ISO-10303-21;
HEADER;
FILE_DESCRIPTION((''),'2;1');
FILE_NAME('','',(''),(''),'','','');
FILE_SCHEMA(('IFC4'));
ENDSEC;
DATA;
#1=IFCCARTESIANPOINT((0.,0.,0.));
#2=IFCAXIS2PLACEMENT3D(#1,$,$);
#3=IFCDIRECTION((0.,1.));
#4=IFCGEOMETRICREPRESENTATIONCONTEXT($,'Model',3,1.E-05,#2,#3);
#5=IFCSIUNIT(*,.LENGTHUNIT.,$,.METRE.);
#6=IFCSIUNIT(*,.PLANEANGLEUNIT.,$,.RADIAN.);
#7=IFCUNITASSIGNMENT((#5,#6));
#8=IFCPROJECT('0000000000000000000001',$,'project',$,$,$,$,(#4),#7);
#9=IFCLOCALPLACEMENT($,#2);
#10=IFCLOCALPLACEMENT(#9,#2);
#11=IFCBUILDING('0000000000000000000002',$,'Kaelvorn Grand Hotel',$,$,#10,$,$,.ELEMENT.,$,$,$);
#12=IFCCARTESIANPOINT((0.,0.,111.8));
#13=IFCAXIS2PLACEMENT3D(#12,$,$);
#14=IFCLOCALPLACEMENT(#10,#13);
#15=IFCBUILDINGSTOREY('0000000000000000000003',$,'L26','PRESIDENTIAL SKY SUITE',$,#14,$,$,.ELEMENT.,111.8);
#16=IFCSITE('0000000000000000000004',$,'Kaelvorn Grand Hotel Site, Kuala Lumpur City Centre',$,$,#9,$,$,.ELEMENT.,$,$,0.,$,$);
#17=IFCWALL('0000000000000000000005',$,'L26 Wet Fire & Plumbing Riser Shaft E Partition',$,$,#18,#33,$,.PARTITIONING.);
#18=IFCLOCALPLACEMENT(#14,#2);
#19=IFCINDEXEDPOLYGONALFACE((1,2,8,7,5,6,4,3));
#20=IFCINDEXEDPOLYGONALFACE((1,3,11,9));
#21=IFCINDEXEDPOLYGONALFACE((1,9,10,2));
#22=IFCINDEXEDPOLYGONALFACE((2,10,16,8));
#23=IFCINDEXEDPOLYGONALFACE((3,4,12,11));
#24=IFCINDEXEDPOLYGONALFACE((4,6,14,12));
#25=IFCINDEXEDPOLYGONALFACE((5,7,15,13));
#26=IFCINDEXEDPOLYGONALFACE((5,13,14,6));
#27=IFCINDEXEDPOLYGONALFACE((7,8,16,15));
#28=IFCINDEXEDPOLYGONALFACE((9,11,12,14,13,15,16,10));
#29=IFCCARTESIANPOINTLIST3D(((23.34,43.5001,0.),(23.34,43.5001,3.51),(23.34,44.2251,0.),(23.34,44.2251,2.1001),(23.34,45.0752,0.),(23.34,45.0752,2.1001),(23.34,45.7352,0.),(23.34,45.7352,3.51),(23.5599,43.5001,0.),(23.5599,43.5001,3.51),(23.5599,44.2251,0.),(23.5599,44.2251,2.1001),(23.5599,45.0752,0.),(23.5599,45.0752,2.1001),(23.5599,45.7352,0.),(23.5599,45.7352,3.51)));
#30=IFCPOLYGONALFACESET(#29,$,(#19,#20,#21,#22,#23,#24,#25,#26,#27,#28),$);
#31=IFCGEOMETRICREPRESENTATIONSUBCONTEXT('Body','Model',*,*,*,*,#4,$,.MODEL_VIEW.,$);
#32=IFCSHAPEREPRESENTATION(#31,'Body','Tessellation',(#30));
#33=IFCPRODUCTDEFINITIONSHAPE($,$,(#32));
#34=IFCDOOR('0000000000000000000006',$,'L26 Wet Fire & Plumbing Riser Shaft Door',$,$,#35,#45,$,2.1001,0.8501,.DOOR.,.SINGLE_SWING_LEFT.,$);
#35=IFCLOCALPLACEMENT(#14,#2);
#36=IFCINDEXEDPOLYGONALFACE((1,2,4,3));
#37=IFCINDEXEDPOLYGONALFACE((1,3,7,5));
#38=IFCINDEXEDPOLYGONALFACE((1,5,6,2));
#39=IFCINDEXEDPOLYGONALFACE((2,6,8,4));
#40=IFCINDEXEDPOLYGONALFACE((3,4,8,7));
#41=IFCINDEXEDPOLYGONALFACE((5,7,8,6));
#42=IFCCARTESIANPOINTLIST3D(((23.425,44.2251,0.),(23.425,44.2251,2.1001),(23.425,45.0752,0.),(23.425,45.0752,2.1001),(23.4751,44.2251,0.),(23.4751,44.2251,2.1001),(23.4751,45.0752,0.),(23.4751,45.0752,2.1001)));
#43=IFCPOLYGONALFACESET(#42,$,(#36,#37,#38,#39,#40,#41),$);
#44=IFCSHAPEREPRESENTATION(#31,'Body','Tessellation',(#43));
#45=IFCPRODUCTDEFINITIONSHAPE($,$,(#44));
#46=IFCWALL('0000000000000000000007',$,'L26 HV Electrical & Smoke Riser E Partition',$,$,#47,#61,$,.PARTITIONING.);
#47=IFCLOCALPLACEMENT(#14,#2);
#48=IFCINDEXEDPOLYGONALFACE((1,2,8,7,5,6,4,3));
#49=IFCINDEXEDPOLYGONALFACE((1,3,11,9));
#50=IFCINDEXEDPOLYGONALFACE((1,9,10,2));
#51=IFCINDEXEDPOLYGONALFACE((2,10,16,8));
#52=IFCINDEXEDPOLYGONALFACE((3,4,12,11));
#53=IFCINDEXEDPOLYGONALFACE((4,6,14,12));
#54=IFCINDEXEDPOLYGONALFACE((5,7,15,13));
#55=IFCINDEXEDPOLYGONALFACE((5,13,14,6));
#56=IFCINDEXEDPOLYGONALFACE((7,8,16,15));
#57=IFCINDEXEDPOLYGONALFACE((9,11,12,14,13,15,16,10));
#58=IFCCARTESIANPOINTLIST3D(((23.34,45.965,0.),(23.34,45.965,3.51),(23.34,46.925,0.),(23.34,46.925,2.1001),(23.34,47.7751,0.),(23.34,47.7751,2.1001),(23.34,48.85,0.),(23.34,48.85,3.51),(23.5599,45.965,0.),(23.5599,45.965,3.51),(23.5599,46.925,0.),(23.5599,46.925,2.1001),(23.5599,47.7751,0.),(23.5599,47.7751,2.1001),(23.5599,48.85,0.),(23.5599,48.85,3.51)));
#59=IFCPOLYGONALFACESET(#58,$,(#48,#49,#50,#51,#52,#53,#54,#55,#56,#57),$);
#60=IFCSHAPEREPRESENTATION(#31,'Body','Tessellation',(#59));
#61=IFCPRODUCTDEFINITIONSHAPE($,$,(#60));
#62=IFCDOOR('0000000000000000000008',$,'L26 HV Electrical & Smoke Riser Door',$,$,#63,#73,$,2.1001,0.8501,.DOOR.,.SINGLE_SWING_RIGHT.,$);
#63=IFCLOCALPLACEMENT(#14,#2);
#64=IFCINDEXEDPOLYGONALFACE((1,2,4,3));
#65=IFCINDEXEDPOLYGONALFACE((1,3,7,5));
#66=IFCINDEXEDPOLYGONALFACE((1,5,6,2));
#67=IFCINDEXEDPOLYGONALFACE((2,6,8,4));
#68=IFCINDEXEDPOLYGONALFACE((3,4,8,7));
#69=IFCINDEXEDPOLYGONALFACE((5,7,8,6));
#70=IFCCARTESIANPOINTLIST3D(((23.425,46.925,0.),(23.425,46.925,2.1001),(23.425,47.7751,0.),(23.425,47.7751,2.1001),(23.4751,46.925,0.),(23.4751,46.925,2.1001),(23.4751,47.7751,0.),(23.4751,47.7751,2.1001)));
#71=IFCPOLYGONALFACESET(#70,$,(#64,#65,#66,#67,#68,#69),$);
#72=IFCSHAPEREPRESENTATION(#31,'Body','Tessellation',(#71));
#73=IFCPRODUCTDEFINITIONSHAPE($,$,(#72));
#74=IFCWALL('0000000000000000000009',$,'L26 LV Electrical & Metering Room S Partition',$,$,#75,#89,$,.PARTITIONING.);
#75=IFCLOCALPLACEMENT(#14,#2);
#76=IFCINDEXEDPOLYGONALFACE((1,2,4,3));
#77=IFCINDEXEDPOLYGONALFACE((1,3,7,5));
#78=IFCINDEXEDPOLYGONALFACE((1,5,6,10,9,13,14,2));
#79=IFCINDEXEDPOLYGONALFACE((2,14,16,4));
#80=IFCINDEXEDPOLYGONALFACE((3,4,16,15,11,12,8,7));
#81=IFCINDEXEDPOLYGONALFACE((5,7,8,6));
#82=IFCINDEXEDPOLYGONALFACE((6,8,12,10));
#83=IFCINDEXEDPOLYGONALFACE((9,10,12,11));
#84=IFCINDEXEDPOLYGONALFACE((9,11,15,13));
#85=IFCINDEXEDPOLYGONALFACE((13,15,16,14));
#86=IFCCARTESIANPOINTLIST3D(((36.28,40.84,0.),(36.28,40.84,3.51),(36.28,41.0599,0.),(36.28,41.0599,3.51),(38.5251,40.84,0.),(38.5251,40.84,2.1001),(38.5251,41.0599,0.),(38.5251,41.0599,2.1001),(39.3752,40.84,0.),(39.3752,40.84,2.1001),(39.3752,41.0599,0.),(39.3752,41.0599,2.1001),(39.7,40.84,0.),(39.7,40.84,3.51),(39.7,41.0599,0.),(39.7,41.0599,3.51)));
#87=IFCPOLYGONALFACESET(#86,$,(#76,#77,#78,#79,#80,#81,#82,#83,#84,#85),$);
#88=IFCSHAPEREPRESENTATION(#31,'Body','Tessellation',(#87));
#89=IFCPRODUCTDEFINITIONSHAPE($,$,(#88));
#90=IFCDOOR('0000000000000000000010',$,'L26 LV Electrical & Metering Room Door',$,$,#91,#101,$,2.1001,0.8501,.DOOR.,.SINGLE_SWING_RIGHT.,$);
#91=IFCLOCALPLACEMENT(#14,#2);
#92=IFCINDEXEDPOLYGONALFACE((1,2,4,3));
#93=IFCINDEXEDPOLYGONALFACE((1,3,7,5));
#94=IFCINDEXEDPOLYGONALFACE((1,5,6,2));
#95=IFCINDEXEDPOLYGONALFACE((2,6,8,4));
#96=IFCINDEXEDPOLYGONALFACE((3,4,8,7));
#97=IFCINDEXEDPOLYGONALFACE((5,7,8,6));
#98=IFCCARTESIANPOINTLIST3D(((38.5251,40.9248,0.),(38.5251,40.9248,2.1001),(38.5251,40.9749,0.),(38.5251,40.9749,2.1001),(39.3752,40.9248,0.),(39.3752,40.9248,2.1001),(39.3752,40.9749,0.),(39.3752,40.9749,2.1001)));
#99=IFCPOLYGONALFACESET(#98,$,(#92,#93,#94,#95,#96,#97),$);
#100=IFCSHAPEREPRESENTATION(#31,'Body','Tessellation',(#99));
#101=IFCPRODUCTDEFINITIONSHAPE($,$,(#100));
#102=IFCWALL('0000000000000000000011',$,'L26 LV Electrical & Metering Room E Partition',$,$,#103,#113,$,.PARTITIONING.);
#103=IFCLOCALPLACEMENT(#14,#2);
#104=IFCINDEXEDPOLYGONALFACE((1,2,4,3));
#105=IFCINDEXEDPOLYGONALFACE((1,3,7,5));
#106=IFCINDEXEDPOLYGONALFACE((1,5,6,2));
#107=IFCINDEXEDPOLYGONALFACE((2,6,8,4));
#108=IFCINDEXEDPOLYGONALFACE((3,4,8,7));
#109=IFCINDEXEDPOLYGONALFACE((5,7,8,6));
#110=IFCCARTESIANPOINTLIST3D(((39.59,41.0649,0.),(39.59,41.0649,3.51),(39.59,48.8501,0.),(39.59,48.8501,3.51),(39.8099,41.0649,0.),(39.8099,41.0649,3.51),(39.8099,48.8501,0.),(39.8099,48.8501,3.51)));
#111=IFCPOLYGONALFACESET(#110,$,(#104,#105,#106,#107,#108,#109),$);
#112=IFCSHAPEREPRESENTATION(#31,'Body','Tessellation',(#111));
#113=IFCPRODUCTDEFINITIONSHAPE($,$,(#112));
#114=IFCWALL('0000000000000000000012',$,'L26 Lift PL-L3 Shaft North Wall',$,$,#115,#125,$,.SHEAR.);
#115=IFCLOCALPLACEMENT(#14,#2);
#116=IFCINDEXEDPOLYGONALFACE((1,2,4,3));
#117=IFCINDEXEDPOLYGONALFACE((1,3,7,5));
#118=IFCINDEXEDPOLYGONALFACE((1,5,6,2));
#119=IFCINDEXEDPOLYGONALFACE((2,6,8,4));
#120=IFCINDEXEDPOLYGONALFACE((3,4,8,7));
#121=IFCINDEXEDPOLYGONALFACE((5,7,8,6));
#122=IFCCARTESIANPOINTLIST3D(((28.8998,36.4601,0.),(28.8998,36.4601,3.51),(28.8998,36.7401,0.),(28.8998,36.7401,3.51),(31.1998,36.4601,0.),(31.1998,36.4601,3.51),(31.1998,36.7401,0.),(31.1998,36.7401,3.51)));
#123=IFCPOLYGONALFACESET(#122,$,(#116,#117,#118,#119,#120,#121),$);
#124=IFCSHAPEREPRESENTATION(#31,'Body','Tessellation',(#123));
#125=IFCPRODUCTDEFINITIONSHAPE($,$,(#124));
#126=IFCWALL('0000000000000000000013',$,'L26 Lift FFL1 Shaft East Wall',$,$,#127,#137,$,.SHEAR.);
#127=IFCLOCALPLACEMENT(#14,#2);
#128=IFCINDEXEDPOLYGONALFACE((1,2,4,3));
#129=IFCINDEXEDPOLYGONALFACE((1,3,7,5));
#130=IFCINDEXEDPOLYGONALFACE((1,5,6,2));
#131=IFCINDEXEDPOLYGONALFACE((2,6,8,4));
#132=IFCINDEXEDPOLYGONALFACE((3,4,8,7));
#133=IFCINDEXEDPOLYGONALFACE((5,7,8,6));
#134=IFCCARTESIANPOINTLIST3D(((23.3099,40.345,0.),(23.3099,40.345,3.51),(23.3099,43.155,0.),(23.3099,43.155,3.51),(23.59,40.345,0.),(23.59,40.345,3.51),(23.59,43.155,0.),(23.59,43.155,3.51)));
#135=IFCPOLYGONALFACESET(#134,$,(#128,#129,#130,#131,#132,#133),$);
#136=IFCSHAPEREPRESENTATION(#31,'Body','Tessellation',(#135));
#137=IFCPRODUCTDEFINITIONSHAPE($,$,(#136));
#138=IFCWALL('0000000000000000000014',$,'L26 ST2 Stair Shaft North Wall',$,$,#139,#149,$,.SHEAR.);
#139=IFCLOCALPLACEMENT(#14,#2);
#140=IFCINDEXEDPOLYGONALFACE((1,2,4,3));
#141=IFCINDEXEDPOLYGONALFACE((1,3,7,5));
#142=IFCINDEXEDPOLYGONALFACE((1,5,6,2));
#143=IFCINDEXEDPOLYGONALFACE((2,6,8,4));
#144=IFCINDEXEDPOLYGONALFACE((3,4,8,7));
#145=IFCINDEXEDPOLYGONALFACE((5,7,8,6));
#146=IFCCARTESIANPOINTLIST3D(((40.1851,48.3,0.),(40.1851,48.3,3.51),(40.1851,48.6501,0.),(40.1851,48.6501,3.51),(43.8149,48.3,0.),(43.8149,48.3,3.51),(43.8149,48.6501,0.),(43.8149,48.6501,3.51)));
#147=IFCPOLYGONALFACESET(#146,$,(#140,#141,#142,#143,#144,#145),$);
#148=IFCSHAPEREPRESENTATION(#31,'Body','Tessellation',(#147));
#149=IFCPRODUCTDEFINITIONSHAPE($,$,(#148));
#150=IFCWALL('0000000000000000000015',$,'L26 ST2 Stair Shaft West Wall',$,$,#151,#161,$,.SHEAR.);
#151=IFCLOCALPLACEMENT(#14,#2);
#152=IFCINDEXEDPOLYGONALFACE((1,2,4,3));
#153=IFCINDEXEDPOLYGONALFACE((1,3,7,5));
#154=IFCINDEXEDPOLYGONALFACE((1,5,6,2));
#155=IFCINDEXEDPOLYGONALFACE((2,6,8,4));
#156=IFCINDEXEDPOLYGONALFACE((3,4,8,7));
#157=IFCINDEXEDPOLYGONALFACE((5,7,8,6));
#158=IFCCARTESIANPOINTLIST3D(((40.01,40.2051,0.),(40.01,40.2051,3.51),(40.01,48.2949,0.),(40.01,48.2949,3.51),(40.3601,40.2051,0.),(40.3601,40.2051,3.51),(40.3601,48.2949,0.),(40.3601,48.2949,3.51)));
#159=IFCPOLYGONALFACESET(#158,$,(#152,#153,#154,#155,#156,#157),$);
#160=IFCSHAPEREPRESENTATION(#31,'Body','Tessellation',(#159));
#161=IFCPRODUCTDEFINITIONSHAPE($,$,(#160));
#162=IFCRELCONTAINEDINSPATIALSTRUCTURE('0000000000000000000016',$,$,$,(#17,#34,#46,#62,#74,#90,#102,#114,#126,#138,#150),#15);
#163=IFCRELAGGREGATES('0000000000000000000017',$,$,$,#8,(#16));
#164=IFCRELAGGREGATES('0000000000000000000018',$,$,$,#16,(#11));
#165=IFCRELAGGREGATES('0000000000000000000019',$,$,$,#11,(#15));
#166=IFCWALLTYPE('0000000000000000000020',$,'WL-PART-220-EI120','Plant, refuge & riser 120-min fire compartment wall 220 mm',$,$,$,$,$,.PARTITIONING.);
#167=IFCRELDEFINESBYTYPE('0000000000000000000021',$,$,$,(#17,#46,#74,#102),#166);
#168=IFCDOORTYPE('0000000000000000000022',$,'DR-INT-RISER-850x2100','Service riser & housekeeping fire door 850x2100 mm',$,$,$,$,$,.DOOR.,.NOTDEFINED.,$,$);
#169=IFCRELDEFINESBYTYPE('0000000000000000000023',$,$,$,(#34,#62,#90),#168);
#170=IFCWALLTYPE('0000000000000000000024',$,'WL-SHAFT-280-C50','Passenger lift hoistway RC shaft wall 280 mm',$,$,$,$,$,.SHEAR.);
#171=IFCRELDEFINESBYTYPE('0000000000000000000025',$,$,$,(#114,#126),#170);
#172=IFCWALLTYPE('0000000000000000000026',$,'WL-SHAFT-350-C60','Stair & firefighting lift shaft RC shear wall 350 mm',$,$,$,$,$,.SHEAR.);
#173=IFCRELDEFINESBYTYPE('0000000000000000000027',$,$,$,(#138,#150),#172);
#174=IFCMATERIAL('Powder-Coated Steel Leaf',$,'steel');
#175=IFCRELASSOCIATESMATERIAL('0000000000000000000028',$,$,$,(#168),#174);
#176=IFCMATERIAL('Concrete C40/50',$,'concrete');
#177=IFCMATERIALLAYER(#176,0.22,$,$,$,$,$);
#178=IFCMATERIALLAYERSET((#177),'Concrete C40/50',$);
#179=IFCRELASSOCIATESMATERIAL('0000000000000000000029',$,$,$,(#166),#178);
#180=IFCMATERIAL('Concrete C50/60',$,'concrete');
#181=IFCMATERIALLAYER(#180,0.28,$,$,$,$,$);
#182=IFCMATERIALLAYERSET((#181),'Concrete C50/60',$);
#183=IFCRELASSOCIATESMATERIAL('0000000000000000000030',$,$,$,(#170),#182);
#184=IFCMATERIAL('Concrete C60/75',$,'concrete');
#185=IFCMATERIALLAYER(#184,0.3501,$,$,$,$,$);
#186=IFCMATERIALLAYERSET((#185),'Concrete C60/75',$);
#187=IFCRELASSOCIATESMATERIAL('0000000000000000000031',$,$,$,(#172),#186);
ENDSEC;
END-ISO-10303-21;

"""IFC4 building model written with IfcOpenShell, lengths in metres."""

from ifc_helpers import new_model, si_unit, direction, frame, frame_2d, origin, place, context, subcontext, project, spatial, rectangle, extrude, material, layer, layer_set, type_object, element, fill, save


model = new_model("IFC4")

# Units and contexts
model_context = context("Model", 3, precision=1e-05, world=origin(), true_north=direction((0.0, 1.0)))
body_context = subcontext(model_context, "Body", "Model", "MODEL_VIEW")
ifc_project = project(units=[si_unit("LENGTHUNIT", "METRE"), si_unit("PLANEANGLEUNIT", "RADIAN")], contexts=[model_context])

# Site, building, storey
site_placement = place(None, origin())
site = spatial("IfcSite", under=ifc_project, at=site_placement, Name="Kaelvorn Grand Hotel Site, Kuala Lumpur City Centre", CompositionType="ELEMENT", RefElevation=0.0)
building_placement = place(site_placement, origin())
building = spatial("IfcBuilding", under=site, at=building_placement, Name="Kaelvorn Grand Hotel", CompositionType="ELEMENT")
storey_placement = place(building_placement, frame((0.0, 0.0, 111.8)))
storey = spatial("IfcBuildingStorey", under=building, at=storey_placement, Name="L26", Description="PRESIDENTIAL SKY SUITE", CompositionType="ELEMENT", Elevation=111.8)

# Shared definitions
ifc_material_1 = material(Name="Concrete C60/75", Category="concrete")

# Shared definitions
ifc_material_2 = material(Name="Powder-Coated Steel Leaf", Category="steel")
door_type_1 = type_object("IfcDoorType", Name="DR-INT-RISER-850x2100", Description="Service riser & housekeeping fire door 850x2100 mm", OperationType="NOTDEFINED", PredefinedType="DOOR", material=ifc_material_2)

# Walls, openings, doors
ifc_material_3 = material(Name="Concrete C40/50", Category="concrete")
ifc_layer_1 = layer(ifc_material_3, 0.22)
ifc_layer_set_1 = layer_set([ifc_layer_1], Name="Concrete C40/50")
wall_type_1 = type_object("IfcWallType", Name="WL-PART-220-EI120", Description="Plant, refuge & riser 120-min fire compartment wall 220 mm", PredefinedType="PARTITIONING", material=ifc_layer_set_1)
wall_1_placement = place(storey_placement, frame((23.45, 43.5, 0.0), z_axis=(0.0, 0.0, 1.0), x_axis=(0.0, 1.0, 0.0)))
wall_1 = element("IfcWall", 1, at=wall_1_placement, inside=storey, type_object=wall_type_1, Name="L26 Wet Fire & Plumbing Riser Shaft E Partition", PredefinedType="PARTITIONING", context=body_context, shape_type="SweptSolid", body=[
    extrude(rectangle(XDim=2.2351, YDim=0.22, at=frame_2d((1.1177, 0.0))), origin(), (0.0, 0.0, 1.0), 3.51),
])
opening_1_placement = place(wall_1_placement, frame((0.7251, 0.0, 0.0)))
opening_1 = element("IfcOpeningElement", 2, at=opening_1_placement, cuts=wall_1, PredefinedType="OPENING", context=body_context, shape_type="SweptSolid", body=[
    extrude(rectangle(XDim=0.8501, YDim=2.1001, at=frame_2d((0.425, 1.05))), frame((0.0, 0.1201, 0.0), z_axis=(0.0, -1.0, 0.0), x_axis=(1.0, 0.0, 0.0)), (0.0, 0.0, 1.0), 0.24),
])
door_1_placement = place(opening_1_placement, origin())
door_1 = element("IfcDoor", 3, at=door_1_placement, inside=storey, type_object=door_type_1, Name="L26 Wet Fire & Plumbing Riser Shaft Door", OperationType="SINGLE_SWING_LEFT", OverallHeight=2.1001, OverallWidth=0.8501, PredefinedType="DOOR", context=body_context, shape_type="SweptSolid", body=[
    extrude(rectangle(XDim=0.8501, YDim=2.1001, at=frame_2d((0.425, 1.05))), frame((0.0, 0.0249, 0.0), z_axis=(0.0, -1.0, 0.0), x_axis=(1.0, 0.0, 0.0)), (0.0, 0.0, 1.0), 0.05),
])
fill(opening_1, door_1)
wall_2_placement = place(storey_placement, frame((23.45, 45.9651, 0.0), z_axis=(0.0, 0.0, 1.0), x_axis=(0.0, 1.0, 0.0)))
wall_2 = element("IfcWall", 4, at=wall_2_placement, inside=storey, type_object=wall_type_1, Name="L26 HV Electrical & Smoke Riser E Partition", PredefinedType="PARTITIONING", context=body_context, shape_type="SweptSolid", body=[
    extrude(rectangle(XDim=2.885, YDim=0.22, at=frame_2d((1.4424, 0.0))), origin(), (0.0, 0.0, 1.0), 3.51),
])
opening_2_placement = place(wall_2_placement, frame((0.96, 0.0, 0.0)))
opening_2 = element("IfcOpeningElement", 5, at=opening_2_placement, cuts=wall_2, PredefinedType="OPENING", context=body_context, shape_type="SweptSolid", body=[
    extrude(rectangle(XDim=0.8501, YDim=2.1001, at=frame_2d((0.425, 1.05))), frame((0.0, 0.1201, 0.0), z_axis=(0.0, -1.0, 0.0), x_axis=(1.0, 0.0, 0.0)), (0.0, 0.0, 1.0), 0.24),
])
door_2_placement = place(opening_2_placement, origin())
door_2 = element("IfcDoor", 6, at=door_2_placement, inside=storey, type_object=door_type_1, Name="L26 HV Electrical & Smoke Riser Door", OperationType="SINGLE_SWING_RIGHT", OverallHeight=2.1001, OverallWidth=0.8501, PredefinedType="DOOR", context=body_context, shape_type="SweptSolid", body=[
    extrude(rectangle(XDim=0.8501, YDim=2.1001, at=frame_2d((0.425, 1.05))), frame((0.0, 0.0249, 0.0), z_axis=(0.0, -1.0, 0.0), x_axis=(1.0, 0.0, 0.0)), (0.0, 0.0, 1.0), 0.05),
])
fill(opening_2, door_2)
wall_3_placement = place(storey_placement, frame((36.28, 40.95, 0.0), z_axis=(0.0, 0.0, 1.0), x_axis=(1.0, 0.0, 0.0)))
wall_3 = element("IfcWall", 7, at=wall_3_placement, inside=storey, type_object=wall_type_1, Name="L26 LV Electrical & Metering Room S Partition", PredefinedType="PARTITIONING", context=body_context, shape_type="SweptSolid", body=[
    extrude(rectangle(XDim=3.4199, YDim=0.22, at=frame_2d((1.71, 0.0))), origin(), (0.0, 0.0, 1.0), 3.51),
])
opening_3_placement = place(wall_3_placement, frame((2.2451, 0.0, 0.0)))
opening_3 = element("IfcOpeningElement", 8, at=opening_3_placement, cuts=wall_3, PredefinedType="OPENING", context=body_context, shape_type="SweptSolid", body=[
    extrude(rectangle(XDim=0.8501, YDim=2.1001, at=frame_2d((0.425, 1.05))), frame((0.0, 0.1201, 0.0), z_axis=(0.0, -1.0, 0.0), x_axis=(1.0, 0.0, 0.0)), (0.0, 0.0, 1.0), 0.24),
])
door_3_placement = place(opening_3_placement, origin())
door_3 = element("IfcDoor", 9, at=door_3_placement, inside=storey, type_object=door_type_1, Name="L26 LV Electrical & Metering Room Door", OperationType="SINGLE_SWING_RIGHT", OverallHeight=2.1001, OverallWidth=0.8501, PredefinedType="DOOR", context=body_context, shape_type="SweptSolid", body=[
    extrude(rectangle(XDim=0.8501, YDim=2.1001, at=frame_2d((0.425, 1.05))), frame((0.0, 0.0249, 0.0), z_axis=(0.0, -1.0, 0.0), x_axis=(1.0, 0.0, 0.0)), (0.0, 0.0, 1.0), 0.05),
])
fill(opening_3, door_3)

# Walls
wall_4_placement = place(storey_placement, frame((39.7, 41.0649, 0.0), z_axis=(0.0, 0.0, 1.0), x_axis=(0.0, 1.0, 0.0)))
element("IfcWall", 10, at=wall_4_placement, inside=storey, type_object=wall_type_1, Name="L26 LV Electrical & Metering Room E Partition", PredefinedType="PARTITIONING", context=body_context, shape_type="SweptSolid", body=[
    extrude(rectangle(XDim=7.7852, YDim=0.22, at=frame_2d((3.8926, 0.0))), origin(), (0.0, 0.0, 1.0), 3.51),
])
ifc_material_4 = material(Name="Concrete C50/60", Category="concrete")
ifc_layer_2 = layer(ifc_material_4, 0.28)
ifc_layer_set_2 = layer_set([ifc_layer_2], Name="Concrete C50/60")
wall_type_2 = type_object("IfcWallType", Name="WL-SHAFT-280-C50", Description="Passenger lift hoistway RC shaft wall 280 mm", PredefinedType="SHEAR", material=ifc_layer_set_2)
wall_5_placement = place(storey_placement, frame((28.8999, 36.6001, 0.0), z_axis=(0.0, 0.0, 1.0), x_axis=(1.0, 0.0, 0.0)))
element("IfcWall", 11, at=wall_5_placement, inside=storey, type_object=wall_type_2, Name="L26 Lift PL-L3 Shaft North Wall", PredefinedType="SHEAR", context=body_context, shape_type="SweptSolid", body=[
    extrude(rectangle(XDim=2.3, YDim=0.28, at=frame_2d((1.1499, 0.0))), origin(), (0.0, 0.0, 1.0), 3.51),
])
wall_6_placement = place(storey_placement, frame((23.45, 40.345, 0.0), z_axis=(0.0, 0.0, 1.0), x_axis=(0.0, 1.0, 0.0)))
element("IfcWall", 12, at=wall_6_placement, inside=storey, type_object=wall_type_2, Name="L26 Lift FFL1 Shaft East Wall", PredefinedType="SHEAR", context=body_context, shape_type="SweptSolid", body=[
    extrude(rectangle(XDim=2.8101, YDim=0.28, at=frame_2d((1.405, 0.0))), origin(), (0.0, 0.0, 1.0), 3.51),
])

# Shared definitions
ifc_layer_3 = layer(ifc_material_1, 0.3501)
ifc_layer_set_3 = layer_set([ifc_layer_3], Name="Concrete C60/75")
wall_type_3 = type_object("IfcWallType", Name="WL-SHAFT-350-C60", Description="Stair & firefighting lift shaft RC shear wall 350 mm", PredefinedType="SHEAR", material=ifc_layer_set_3)

# Walls
wall_7_placement = place(storey_placement, frame((40.1851, 48.4751, 0.0), z_axis=(0.0, 0.0, 1.0), x_axis=(1.0, 0.0, 0.0)))
element("IfcWall", 13, at=wall_7_placement, inside=storey, type_object=wall_type_3, Name="L26 ST2 Stair Shaft North Wall", PredefinedType="SHEAR", context=body_context, shape_type="SweptSolid", body=[
    extrude(rectangle(XDim=3.6299, YDim=0.3501, at=frame_2d((1.8149, 0.0))), origin(), (0.0, 0.0, 1.0), 3.51),
])
wall_8_placement = place(storey_placement, frame((40.1851, 40.2051, 0.0), z_axis=(0.0, 0.0, 1.0), x_axis=(0.0, 1.0, 0.0)))
element("IfcWall", 14, at=wall_8_placement, inside=storey, type_object=wall_type_3, Name="L26 ST2 Stair Shaft West Wall", PredefinedType="SHEAR", context=body_context, shape_type="SweptSolid", body=[
    extrude(rectangle(XDim=8.0898, YDim=0.3501, at=frame_2d((4.0449, 0.0))), origin(), (0.0, 0.0, 1.0), 3.51),
])

save(model, "model.ifc")
